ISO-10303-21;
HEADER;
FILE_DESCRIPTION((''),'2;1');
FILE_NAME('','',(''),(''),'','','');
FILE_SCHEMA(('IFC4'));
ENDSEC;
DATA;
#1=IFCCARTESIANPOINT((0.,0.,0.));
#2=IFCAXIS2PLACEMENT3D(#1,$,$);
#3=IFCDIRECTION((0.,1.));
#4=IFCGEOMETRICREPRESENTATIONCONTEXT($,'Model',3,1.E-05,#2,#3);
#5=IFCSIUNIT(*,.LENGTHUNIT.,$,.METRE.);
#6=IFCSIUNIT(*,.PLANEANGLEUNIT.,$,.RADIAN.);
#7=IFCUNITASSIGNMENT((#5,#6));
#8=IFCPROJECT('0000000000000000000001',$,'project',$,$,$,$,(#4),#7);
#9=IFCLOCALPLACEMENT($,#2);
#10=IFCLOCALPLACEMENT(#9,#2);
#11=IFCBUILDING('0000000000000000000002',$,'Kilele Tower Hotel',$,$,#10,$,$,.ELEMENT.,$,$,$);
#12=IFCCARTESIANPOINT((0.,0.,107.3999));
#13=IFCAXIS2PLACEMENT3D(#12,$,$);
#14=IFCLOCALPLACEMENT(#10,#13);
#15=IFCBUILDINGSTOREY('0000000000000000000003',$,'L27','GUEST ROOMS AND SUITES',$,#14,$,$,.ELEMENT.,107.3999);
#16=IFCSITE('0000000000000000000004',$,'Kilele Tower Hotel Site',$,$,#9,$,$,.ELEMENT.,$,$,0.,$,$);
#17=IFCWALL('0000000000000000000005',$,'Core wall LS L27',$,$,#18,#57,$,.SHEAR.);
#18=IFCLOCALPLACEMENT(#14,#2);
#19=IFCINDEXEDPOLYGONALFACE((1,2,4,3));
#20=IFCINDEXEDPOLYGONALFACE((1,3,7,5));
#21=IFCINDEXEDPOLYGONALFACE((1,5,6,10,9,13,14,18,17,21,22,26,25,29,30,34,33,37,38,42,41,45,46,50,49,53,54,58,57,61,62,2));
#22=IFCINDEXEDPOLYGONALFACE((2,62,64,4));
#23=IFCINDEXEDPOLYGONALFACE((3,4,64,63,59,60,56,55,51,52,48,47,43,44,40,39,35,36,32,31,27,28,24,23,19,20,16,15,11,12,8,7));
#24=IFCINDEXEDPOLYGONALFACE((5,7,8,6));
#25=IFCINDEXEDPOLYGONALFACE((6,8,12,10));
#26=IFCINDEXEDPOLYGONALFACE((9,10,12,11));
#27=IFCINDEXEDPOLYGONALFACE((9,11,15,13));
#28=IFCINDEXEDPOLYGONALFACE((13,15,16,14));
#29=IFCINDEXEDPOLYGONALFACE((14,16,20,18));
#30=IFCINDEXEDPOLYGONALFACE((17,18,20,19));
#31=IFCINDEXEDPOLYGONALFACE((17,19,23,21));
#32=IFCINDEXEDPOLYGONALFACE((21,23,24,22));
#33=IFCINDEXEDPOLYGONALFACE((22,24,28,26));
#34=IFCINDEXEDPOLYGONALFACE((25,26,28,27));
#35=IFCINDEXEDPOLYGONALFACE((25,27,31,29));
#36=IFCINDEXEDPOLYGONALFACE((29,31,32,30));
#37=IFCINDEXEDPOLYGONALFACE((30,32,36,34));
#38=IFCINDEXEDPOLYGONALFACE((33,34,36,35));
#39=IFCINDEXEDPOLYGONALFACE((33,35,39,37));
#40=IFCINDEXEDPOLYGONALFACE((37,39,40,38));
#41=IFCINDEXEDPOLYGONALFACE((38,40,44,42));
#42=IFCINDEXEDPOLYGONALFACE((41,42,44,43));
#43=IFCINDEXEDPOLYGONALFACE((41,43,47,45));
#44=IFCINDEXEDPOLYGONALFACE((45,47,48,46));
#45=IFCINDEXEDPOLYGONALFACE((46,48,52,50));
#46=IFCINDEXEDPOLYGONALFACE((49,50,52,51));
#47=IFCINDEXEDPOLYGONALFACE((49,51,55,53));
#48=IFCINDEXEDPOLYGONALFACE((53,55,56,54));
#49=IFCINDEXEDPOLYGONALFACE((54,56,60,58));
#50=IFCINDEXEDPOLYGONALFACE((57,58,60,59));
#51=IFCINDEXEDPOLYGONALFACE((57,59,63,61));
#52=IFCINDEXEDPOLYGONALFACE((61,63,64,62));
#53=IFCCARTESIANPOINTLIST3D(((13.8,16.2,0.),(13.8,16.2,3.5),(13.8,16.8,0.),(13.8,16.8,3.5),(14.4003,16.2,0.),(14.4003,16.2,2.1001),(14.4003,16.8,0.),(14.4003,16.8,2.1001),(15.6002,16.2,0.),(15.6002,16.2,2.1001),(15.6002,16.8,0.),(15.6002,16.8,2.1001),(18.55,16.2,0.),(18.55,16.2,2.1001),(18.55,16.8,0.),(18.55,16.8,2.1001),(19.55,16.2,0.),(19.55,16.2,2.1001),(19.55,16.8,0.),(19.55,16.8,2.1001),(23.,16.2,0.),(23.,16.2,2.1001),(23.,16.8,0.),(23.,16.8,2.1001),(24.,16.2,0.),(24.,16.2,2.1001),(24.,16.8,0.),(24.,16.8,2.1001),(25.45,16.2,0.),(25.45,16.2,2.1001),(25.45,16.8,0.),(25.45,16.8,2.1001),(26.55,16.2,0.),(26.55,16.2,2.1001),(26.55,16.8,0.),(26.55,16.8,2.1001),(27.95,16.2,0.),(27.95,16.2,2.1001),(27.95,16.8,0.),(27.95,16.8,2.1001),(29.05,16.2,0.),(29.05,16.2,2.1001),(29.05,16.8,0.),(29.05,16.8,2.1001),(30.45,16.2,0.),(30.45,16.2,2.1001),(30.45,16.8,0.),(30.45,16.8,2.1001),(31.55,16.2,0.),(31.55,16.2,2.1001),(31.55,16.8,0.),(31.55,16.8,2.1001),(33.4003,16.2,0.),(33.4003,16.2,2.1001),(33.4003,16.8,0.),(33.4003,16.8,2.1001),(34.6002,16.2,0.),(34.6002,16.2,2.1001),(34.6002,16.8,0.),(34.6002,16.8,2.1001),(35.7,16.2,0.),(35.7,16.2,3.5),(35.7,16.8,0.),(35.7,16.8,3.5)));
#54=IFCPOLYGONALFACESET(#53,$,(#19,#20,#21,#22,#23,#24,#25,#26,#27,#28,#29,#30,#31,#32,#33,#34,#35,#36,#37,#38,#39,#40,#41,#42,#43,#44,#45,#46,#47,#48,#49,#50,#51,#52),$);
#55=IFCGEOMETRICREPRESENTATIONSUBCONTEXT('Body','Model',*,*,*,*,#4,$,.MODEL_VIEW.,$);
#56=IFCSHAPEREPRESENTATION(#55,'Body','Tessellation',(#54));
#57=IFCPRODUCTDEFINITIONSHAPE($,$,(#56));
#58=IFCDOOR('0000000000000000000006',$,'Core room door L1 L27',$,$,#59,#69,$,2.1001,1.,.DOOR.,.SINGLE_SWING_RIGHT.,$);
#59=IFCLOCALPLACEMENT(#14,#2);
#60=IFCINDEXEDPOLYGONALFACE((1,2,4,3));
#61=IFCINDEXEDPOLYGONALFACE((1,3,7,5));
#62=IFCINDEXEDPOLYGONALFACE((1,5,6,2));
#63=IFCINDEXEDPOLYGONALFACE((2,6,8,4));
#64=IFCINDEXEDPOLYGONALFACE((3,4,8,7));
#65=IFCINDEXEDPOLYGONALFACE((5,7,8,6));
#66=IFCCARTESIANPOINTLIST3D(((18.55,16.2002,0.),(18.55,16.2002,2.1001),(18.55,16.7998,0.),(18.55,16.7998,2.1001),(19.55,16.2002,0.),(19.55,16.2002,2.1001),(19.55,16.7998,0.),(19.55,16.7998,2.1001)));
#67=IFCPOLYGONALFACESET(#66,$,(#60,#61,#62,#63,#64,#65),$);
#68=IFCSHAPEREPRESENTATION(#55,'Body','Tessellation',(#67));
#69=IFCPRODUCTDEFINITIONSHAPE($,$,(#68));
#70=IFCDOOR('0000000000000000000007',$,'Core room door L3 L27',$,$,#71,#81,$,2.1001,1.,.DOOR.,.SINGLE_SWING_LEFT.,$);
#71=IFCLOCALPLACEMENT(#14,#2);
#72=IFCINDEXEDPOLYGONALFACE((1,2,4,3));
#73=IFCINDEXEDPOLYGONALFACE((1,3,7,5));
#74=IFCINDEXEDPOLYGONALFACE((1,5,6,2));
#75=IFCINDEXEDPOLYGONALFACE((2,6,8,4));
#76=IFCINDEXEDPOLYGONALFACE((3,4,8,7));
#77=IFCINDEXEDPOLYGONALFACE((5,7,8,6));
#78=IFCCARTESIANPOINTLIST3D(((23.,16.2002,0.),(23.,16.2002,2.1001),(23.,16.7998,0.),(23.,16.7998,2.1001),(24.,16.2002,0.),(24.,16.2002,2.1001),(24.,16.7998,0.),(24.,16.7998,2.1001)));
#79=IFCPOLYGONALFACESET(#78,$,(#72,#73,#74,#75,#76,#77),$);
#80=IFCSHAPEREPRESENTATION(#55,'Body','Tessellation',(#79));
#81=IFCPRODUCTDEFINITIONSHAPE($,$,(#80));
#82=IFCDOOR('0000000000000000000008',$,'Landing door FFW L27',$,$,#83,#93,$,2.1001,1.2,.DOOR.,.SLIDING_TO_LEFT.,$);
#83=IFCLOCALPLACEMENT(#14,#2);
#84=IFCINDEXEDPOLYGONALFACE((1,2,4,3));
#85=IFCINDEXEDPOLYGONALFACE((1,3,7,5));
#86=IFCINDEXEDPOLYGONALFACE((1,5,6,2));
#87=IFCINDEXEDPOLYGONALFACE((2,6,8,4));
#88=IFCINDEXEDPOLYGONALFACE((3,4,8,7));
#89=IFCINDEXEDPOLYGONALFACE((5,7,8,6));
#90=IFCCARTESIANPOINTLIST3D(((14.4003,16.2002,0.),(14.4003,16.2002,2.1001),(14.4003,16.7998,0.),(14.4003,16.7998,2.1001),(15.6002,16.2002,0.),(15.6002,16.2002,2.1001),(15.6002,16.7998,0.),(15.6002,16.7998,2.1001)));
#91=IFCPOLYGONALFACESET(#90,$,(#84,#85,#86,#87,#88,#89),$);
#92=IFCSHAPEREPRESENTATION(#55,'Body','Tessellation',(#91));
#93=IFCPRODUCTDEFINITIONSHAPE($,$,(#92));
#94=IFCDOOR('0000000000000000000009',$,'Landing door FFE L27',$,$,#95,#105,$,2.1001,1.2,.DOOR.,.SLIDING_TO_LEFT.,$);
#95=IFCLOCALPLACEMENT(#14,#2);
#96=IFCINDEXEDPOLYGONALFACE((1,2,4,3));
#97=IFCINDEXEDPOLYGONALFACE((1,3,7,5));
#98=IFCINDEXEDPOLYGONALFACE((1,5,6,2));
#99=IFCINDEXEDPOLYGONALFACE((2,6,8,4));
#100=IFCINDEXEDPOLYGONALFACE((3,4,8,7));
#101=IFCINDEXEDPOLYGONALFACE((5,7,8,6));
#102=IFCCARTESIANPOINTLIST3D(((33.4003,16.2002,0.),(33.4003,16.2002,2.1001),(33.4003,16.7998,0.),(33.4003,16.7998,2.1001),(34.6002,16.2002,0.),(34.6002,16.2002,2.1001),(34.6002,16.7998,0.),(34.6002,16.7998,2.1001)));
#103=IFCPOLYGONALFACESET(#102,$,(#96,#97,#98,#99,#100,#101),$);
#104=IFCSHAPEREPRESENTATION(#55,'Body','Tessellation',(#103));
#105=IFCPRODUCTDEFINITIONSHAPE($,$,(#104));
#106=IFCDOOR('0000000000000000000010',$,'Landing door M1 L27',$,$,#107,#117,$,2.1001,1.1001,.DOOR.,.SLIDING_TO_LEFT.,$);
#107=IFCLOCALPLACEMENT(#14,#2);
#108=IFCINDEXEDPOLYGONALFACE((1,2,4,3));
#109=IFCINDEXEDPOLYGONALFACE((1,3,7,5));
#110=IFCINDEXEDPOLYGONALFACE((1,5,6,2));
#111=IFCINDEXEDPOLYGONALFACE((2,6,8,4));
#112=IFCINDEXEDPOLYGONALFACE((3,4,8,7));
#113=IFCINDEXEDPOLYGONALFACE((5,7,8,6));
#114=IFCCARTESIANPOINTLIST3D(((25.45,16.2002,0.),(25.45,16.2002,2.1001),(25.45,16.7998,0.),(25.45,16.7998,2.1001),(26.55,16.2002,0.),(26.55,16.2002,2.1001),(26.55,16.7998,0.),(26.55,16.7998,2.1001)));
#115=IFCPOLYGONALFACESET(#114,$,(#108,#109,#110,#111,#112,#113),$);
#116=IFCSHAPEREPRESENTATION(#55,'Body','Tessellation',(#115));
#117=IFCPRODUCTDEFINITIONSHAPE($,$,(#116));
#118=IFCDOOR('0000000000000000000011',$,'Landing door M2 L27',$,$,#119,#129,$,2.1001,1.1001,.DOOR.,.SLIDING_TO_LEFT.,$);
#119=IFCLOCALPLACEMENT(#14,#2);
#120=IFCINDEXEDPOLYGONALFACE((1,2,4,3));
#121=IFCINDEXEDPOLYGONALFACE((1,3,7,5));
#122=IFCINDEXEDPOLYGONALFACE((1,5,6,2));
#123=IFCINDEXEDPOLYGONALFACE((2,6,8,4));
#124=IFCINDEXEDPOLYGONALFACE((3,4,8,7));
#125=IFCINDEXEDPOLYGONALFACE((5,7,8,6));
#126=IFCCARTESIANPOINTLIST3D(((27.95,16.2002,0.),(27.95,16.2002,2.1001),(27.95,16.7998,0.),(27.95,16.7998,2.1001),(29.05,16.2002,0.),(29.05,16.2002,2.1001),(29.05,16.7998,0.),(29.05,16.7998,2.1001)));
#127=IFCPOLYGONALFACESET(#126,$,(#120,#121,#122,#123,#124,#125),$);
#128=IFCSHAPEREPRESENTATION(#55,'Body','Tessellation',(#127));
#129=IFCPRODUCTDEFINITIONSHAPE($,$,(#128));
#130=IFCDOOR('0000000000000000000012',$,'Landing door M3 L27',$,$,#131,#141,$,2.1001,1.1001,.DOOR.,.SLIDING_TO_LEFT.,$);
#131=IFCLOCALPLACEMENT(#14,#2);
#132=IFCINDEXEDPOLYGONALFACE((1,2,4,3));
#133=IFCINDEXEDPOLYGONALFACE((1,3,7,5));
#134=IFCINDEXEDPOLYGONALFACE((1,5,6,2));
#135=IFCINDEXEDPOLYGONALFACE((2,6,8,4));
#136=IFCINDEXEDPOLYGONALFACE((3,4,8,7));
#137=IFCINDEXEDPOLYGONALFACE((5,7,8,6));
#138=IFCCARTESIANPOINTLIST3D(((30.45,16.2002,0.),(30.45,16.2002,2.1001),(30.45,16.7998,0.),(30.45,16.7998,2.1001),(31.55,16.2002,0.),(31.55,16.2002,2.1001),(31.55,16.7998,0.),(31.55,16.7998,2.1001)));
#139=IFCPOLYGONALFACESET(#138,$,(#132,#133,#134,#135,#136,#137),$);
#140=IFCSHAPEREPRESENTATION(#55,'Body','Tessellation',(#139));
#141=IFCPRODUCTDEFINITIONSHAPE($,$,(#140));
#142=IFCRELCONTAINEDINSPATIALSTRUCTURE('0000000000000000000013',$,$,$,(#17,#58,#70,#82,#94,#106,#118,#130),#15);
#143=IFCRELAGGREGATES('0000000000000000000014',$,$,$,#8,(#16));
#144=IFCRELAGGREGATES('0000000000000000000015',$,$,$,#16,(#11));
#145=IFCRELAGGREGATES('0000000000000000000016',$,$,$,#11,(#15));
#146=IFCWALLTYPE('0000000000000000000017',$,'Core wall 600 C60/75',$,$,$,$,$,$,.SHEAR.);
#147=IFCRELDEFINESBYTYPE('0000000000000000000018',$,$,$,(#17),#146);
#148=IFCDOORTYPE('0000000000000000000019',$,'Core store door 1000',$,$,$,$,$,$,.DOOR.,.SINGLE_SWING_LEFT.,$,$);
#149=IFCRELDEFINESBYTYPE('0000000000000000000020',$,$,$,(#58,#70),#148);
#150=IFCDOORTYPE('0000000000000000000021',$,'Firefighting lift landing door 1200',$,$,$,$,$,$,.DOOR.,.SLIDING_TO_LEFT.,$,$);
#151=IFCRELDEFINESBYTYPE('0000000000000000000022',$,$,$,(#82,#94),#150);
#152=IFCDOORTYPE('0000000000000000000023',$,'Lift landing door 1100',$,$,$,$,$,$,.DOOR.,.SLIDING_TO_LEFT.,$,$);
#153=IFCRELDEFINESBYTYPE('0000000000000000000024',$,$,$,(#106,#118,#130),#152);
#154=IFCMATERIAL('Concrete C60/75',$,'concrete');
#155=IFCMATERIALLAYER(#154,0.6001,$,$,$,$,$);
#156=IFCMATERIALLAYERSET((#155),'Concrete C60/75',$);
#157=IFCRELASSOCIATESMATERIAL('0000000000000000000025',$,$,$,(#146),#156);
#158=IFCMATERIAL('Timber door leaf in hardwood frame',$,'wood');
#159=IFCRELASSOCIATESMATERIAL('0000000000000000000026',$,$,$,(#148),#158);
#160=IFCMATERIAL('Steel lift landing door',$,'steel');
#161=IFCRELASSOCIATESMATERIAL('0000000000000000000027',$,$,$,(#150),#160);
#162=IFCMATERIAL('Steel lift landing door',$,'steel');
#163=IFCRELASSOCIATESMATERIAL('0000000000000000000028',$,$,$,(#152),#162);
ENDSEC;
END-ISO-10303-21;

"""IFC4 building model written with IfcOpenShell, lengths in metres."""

from ifc_helpers import new_model, si_unit, direction, frame, frame_2d, origin, place, context, subcontext, project, spatial, rectangle, extrude, material, layer, layer_set, type_object, element, fill, save


model = new_model("IFC4")

# Units and contexts
model_context = context("Model", 3, precision=1e-05, world=origin(), true_north=direction((0.0, 1.0)))
body_context = subcontext(model_context, "Body", "Model", "MODEL_VIEW")
ifc_project = project(units=[si_unit("LENGTHUNIT", "METRE"), si_unit("PLANEANGLEUNIT", "RADIAN")], contexts=[model_context])

# Site, building, storey
site_placement = place(None, origin())
site = spatial("IfcSite", under=ifc_project, at=site_placement, Name="Kilele Tower Hotel Site", CompositionType="ELEMENT", RefElevation=0.0)
building_placement = place(site_placement, origin())
building = spatial("IfcBuilding", under=site, at=building_placement, Name="Kilele Tower Hotel", CompositionType="ELEMENT")
storey_placement = place(building_placement, frame((0.0, 0.0, 107.3999)))
storey = spatial("IfcBuildingStorey", under=building, at=storey_placement, Name="L27", Description="GUEST ROOMS AND SUITES", CompositionType="ELEMENT", Elevation=107.3999)

# Shared definitions
ifc_material_1 = material(Name="Concrete C60/75", Category="concrete")
ifc_layer_1 = layer(ifc_material_1, 0.6001)
ifc_layer_set_1 = layer_set([ifc_layer_1], Name="Concrete C60/75")
wall_type_1 = type_object("IfcWallType", Name="Core wall 600 C60/75", PredefinedType="SHEAR", material=ifc_layer_set_1)

# Wall, openings, doors
wall_1_placement = place(storey_placement, frame((13.8, 16.5, 0.0), z_axis=(0.0, 0.0, 1.0), x_axis=(1.0, 0.0, 0.0)))
wall_1 = element("IfcWall", 1, at=wall_1_placement, inside=storey, type_object=wall_type_1, Name="Core wall LS L27", PredefinedType="SHEAR", context=body_context, shape_type="SweptSolid", body=[
    extrude(rectangle(XDim=21.8999, YDim=0.6001, at=frame_2d((10.95, 0.0))), origin(), (0.0, 0.0, 1.0), 3.5),
])
opening_1_placement = place(wall_1_placement, frame((11.6499, 0.0, 0.0)))
opening_1 = element("IfcOpeningElement", 2, at=opening_1_placement, cuts=wall_1, PredefinedType="OPENING", context=body_context, shape_type="SweptSolid", body=[
    extrude(rectangle(XDim=1.1001, YDim=2.1001, at=frame_2d((0.55, 1.05))), frame((0.0, 0.3101, 0.0), z_axis=(0.0, -1.0, 0.0), x_axis=(1.0, 0.0, 0.0)), (0.0, 0.0, 1.0), 0.6201),
])
opening_2_placement = place(wall_1_placement, frame((14.1499, 0.0, 0.0)))
opening_2 = element("IfcOpeningElement", 3, at=opening_2_placement, cuts=wall_1, PredefinedType="OPENING", context=body_context, shape_type="SweptSolid", body=[
    extrude(rectangle(XDim=1.1001, YDim=2.1001, at=frame_2d((0.55, 1.05))), frame((0.0, 0.3101, 0.0), z_axis=(0.0, -1.0, 0.0), x_axis=(1.0, 0.0, 0.0)), (0.0, 0.0, 1.0), 0.6201),
])
opening_3_placement = place(wall_1_placement, frame((16.6499, 0.0, 0.0)))
opening_3 = element("IfcOpeningElement", 4, at=opening_3_placement, cuts=wall_1, PredefinedType="OPENING", context=body_context, shape_type="SweptSolid", body=[
    extrude(rectangle(XDim=1.1001, YDim=2.1001, at=frame_2d((0.55, 1.05))), frame((0.0, 0.3101, 0.0), z_axis=(0.0, -1.0, 0.0), x_axis=(1.0, 0.0, 0.0)), (0.0, 0.0, 1.0), 0.6201),
])
opening_4_placement = place(wall_1_placement, frame((5.75, 0.0, 0.0), z_axis=(0.0, 0.0, 1.0), x_axis=(-1.0, 0.0, 0.0)))
opening_4 = element("IfcOpeningElement", 5, at=opening_4_placement, cuts=wall_1, PredefinedType="OPENING", context=body_context, shape_type="SweptSolid", body=[
    extrude(rectangle(XDim=1.0, YDim=2.1001, at=frame_2d((0.5, 1.05))), frame((0.0, 0.3101, 0.0), z_axis=(0.0, -1.0, 0.0), x_axis=(1.0, 0.0, 0.0)), (0.0, 0.0, 1.0), 0.6201),
])
opening_5_placement = place(wall_1_placement, frame((10.2, 0.0, 0.0), z_axis=(0.0, 0.0, 1.0), x_axis=(-1.0, 0.0, 0.0)))
opening_5 = element("IfcOpeningElement", 6, at=opening_5_placement, cuts=wall_1, PredefinedType="OPENING", context=body_context, shape_type="SweptSolid", body=[
    extrude(rectangle(XDim=1.0, YDim=2.1001, at=frame_2d((0.5, 1.05))), frame((0.0, 0.3101, 0.0), z_axis=(0.0, -1.0, 0.0), x_axis=(1.0, 0.0, 0.0)), (0.0, 0.0, 1.0), 0.6201),
])
opening_6_placement = place(wall_1_placement, frame((0.6001, 0.0, 0.0)))
opening_6 = element("IfcOpeningElement", 7, at=opening_6_placement, cuts=wall_1, PredefinedType="OPENING", context=body_context, shape_type="SweptSolid", body=[
    extrude(rectangle(XDim=1.2, YDim=2.1001, at=frame_2d((0.6001, 1.05))), frame((0.0, 0.3101, 0.0), z_axis=(0.0, -1.0, 0.0), x_axis=(1.0, 0.0, 0.0)), (0.0, 0.0, 1.0), 0.6201),
])
opening_7_placement = place(wall_1_placement, frame((19.6001, 0.0, 0.0)))
opening_7 = element("IfcOpeningElement", 8, at=opening_7_placement, cuts=wall_1, PredefinedType="OPENING", context=body_context, shape_type="SweptSolid", body=[
    extrude(rectangle(XDim=1.2, YDim=2.1001, at=frame_2d((0.6001, 1.05))), frame((0.0, 0.3101, 0.0), z_axis=(0.0, -1.0, 0.0), x_axis=(1.0, 0.0, 0.0)), (0.0, 0.0, 1.0), 0.6201),
])
ifc_material_2 = material(Name="Timber door leaf in hardwood frame", Category="wood")
door_type_1 = type_object("IfcDoorType", Name="Core store door 1000", OperationType="SINGLE_SWING_LEFT", PredefinedType="DOOR", material=ifc_material_2)
door_1_placement = place(opening_4_placement, origin())
door_1 = element("IfcDoor", 9, at=door_1_placement, inside=storey, type_object=door_type_1, Name="Core room door L1 L27", OperationType="SINGLE_SWING_RIGHT", OverallHeight=2.1001, OverallWidth=1.0, PredefinedType="DOOR", context=body_context, shape_type="SweptSolid", body=[
    extrude(rectangle(XDim=1.0, YDim=2.1001, at=frame_2d((0.5, 1.05))), frame((0.0, 0.2998, 0.0), z_axis=(0.0, -1.0, 0.0), x_axis=(1.0, 0.0, 0.0)), (0.0, 0.0, 1.0), 0.5996),
])
fill(opening_4, door_1)
door_2_placement = place(opening_5_placement, origin())
door_2 = element("IfcDoor", 10, at=door_2_placement, inside=storey, type_object=door_type_1, Name="Core room door L3 L27", OperationType="SINGLE_SWING_LEFT", OverallHeight=2.1001, OverallWidth=1.0, PredefinedType="DOOR", context=body_context, shape_type="SweptSolid", body=[
    extrude(rectangle(XDim=1.0, YDim=2.1001, at=frame_2d((0.5, 1.05))), frame((0.0, 0.2998, 0.0), z_axis=(0.0, -1.0, 0.0), x_axis=(1.0, 0.0, 0.0)), (0.0, 0.0, 1.0), 0.5996),
])
fill(opening_5, door_2)
ifc_material_3 = material(Name="Steel lift landing door", Category="steel")
door_type_2 = type_object("IfcDoorType", Name="Firefighting lift landing door 1200", OperationType="SLIDING_TO_LEFT", PredefinedType="DOOR", material=ifc_material_3)
door_3_placement = place(opening_6_placement, origin())
door_3 = element("IfcDoor", 11, at=door_3_placement, inside=storey, type_object=door_type_2, Name="Landing door FFW L27", OperationType="SLIDING_TO_LEFT", OverallHeight=2.1001, OverallWidth=1.2, PredefinedType="DOOR", context=body_context, shape_type="SweptSolid", body=[
    extrude(rectangle(XDim=1.2, YDim=2.1001, at=frame_2d((0.6001, 1.05))), frame((0.0, 0.2998, 0.0), z_axis=(0.0, -1.0, 0.0), x_axis=(1.0, 0.0, 0.0)), (0.0, 0.0, 1.0), 0.5996),
])
fill(opening_6, door_3)
door_4_placement = place(opening_7_placement, origin())
door_4 = element("IfcDoor", 12, at=door_4_placement, inside=storey, type_object=door_type_2, Name="Landing door FFE L27", OperationType="SLIDING_TO_LEFT", OverallHeight=2.1001, OverallWidth=1.2, PredefinedType="DOOR", context=body_context, shape_type="SweptSolid", body=[
    extrude(rectangle(XDim=1.2, YDim=2.1001, at=frame_2d((0.6001, 1.05))), frame((0.0, 0.2998, 0.0), z_axis=(0.0, -1.0, 0.0), x_axis=(1.0, 0.0, 0.0)), (0.0, 0.0, 1.0), 0.5996),
])
fill(opening_7, door_4)
ifc_material_4 = material(Name="Steel lift landing door", Category="steel")
door_type_3 = type_object("IfcDoorType", Name="Lift landing door 1100", OperationType="SLIDING_TO_LEFT", PredefinedType="DOOR", material=ifc_material_4)
door_5_placement = place(opening_1_placement, origin())
door_5 = element("IfcDoor", 13, at=door_5_placement, inside=storey, type_object=door_type_3, Name="Landing door M1 L27", OperationType="SLIDING_TO_LEFT", OverallHeight=2.1001, OverallWidth=1.1001, PredefinedType="DOOR", context=body_context, shape_type="SweptSolid", body=[
    extrude(rectangle(XDim=1.1001, YDim=2.1001, at=frame_2d((0.55, 1.05))), frame((0.0, 0.2998, 0.0), z_axis=(0.0, -1.0, 0.0), x_axis=(1.0, 0.0, 0.0)), (0.0, 0.0, 1.0), 0.5996),
])
fill(opening_1, door_5)
door_6_placement = place(opening_2_placement, origin())
door_6 = element("IfcDoor", 14, at=door_6_placement, inside=storey, type_object=door_type_3, Name="Landing door M2 L27", OperationType="SLIDING_TO_LEFT", OverallHeight=2.1001, OverallWidth=1.1001, PredefinedType="DOOR", context=body_context, shape_type="SweptSolid", body=[
    extrude(rectangle(XDim=1.1001, YDim=2.1001, at=frame_2d((0.55, 1.05))), frame((0.0, 0.2998, 0.0), z_axis=(0.0, -1.0, 0.0), x_axis=(1.0, 0.0, 0.0)), (0.0, 0.0, 1.0), 0.5996),
])
fill(opening_2, door_6)
door_7_placement = place(opening_3_placement, origin())
door_7 = element("IfcDoor", 15, at=door_7_placement, inside=storey, type_object=door_type_3, Name="Landing door M3 L27", OperationType="SLIDING_TO_LEFT", OverallHeight=2.1001, OverallWidth=1.1001, PredefinedType="DOOR", context=body_context, shape_type="SweptSolid", body=[
    extrude(rectangle(XDim=1.1001, YDim=2.1001, at=frame_2d((0.55, 1.05))), frame((0.0, 0.2998, 0.0), z_axis=(0.0, -1.0, 0.0), x_axis=(1.0, 0.0, 0.0)), (0.0, 0.0, 1.0), 0.5996),
])
fill(opening_3, door_7)

save(model, "model.ifc")
